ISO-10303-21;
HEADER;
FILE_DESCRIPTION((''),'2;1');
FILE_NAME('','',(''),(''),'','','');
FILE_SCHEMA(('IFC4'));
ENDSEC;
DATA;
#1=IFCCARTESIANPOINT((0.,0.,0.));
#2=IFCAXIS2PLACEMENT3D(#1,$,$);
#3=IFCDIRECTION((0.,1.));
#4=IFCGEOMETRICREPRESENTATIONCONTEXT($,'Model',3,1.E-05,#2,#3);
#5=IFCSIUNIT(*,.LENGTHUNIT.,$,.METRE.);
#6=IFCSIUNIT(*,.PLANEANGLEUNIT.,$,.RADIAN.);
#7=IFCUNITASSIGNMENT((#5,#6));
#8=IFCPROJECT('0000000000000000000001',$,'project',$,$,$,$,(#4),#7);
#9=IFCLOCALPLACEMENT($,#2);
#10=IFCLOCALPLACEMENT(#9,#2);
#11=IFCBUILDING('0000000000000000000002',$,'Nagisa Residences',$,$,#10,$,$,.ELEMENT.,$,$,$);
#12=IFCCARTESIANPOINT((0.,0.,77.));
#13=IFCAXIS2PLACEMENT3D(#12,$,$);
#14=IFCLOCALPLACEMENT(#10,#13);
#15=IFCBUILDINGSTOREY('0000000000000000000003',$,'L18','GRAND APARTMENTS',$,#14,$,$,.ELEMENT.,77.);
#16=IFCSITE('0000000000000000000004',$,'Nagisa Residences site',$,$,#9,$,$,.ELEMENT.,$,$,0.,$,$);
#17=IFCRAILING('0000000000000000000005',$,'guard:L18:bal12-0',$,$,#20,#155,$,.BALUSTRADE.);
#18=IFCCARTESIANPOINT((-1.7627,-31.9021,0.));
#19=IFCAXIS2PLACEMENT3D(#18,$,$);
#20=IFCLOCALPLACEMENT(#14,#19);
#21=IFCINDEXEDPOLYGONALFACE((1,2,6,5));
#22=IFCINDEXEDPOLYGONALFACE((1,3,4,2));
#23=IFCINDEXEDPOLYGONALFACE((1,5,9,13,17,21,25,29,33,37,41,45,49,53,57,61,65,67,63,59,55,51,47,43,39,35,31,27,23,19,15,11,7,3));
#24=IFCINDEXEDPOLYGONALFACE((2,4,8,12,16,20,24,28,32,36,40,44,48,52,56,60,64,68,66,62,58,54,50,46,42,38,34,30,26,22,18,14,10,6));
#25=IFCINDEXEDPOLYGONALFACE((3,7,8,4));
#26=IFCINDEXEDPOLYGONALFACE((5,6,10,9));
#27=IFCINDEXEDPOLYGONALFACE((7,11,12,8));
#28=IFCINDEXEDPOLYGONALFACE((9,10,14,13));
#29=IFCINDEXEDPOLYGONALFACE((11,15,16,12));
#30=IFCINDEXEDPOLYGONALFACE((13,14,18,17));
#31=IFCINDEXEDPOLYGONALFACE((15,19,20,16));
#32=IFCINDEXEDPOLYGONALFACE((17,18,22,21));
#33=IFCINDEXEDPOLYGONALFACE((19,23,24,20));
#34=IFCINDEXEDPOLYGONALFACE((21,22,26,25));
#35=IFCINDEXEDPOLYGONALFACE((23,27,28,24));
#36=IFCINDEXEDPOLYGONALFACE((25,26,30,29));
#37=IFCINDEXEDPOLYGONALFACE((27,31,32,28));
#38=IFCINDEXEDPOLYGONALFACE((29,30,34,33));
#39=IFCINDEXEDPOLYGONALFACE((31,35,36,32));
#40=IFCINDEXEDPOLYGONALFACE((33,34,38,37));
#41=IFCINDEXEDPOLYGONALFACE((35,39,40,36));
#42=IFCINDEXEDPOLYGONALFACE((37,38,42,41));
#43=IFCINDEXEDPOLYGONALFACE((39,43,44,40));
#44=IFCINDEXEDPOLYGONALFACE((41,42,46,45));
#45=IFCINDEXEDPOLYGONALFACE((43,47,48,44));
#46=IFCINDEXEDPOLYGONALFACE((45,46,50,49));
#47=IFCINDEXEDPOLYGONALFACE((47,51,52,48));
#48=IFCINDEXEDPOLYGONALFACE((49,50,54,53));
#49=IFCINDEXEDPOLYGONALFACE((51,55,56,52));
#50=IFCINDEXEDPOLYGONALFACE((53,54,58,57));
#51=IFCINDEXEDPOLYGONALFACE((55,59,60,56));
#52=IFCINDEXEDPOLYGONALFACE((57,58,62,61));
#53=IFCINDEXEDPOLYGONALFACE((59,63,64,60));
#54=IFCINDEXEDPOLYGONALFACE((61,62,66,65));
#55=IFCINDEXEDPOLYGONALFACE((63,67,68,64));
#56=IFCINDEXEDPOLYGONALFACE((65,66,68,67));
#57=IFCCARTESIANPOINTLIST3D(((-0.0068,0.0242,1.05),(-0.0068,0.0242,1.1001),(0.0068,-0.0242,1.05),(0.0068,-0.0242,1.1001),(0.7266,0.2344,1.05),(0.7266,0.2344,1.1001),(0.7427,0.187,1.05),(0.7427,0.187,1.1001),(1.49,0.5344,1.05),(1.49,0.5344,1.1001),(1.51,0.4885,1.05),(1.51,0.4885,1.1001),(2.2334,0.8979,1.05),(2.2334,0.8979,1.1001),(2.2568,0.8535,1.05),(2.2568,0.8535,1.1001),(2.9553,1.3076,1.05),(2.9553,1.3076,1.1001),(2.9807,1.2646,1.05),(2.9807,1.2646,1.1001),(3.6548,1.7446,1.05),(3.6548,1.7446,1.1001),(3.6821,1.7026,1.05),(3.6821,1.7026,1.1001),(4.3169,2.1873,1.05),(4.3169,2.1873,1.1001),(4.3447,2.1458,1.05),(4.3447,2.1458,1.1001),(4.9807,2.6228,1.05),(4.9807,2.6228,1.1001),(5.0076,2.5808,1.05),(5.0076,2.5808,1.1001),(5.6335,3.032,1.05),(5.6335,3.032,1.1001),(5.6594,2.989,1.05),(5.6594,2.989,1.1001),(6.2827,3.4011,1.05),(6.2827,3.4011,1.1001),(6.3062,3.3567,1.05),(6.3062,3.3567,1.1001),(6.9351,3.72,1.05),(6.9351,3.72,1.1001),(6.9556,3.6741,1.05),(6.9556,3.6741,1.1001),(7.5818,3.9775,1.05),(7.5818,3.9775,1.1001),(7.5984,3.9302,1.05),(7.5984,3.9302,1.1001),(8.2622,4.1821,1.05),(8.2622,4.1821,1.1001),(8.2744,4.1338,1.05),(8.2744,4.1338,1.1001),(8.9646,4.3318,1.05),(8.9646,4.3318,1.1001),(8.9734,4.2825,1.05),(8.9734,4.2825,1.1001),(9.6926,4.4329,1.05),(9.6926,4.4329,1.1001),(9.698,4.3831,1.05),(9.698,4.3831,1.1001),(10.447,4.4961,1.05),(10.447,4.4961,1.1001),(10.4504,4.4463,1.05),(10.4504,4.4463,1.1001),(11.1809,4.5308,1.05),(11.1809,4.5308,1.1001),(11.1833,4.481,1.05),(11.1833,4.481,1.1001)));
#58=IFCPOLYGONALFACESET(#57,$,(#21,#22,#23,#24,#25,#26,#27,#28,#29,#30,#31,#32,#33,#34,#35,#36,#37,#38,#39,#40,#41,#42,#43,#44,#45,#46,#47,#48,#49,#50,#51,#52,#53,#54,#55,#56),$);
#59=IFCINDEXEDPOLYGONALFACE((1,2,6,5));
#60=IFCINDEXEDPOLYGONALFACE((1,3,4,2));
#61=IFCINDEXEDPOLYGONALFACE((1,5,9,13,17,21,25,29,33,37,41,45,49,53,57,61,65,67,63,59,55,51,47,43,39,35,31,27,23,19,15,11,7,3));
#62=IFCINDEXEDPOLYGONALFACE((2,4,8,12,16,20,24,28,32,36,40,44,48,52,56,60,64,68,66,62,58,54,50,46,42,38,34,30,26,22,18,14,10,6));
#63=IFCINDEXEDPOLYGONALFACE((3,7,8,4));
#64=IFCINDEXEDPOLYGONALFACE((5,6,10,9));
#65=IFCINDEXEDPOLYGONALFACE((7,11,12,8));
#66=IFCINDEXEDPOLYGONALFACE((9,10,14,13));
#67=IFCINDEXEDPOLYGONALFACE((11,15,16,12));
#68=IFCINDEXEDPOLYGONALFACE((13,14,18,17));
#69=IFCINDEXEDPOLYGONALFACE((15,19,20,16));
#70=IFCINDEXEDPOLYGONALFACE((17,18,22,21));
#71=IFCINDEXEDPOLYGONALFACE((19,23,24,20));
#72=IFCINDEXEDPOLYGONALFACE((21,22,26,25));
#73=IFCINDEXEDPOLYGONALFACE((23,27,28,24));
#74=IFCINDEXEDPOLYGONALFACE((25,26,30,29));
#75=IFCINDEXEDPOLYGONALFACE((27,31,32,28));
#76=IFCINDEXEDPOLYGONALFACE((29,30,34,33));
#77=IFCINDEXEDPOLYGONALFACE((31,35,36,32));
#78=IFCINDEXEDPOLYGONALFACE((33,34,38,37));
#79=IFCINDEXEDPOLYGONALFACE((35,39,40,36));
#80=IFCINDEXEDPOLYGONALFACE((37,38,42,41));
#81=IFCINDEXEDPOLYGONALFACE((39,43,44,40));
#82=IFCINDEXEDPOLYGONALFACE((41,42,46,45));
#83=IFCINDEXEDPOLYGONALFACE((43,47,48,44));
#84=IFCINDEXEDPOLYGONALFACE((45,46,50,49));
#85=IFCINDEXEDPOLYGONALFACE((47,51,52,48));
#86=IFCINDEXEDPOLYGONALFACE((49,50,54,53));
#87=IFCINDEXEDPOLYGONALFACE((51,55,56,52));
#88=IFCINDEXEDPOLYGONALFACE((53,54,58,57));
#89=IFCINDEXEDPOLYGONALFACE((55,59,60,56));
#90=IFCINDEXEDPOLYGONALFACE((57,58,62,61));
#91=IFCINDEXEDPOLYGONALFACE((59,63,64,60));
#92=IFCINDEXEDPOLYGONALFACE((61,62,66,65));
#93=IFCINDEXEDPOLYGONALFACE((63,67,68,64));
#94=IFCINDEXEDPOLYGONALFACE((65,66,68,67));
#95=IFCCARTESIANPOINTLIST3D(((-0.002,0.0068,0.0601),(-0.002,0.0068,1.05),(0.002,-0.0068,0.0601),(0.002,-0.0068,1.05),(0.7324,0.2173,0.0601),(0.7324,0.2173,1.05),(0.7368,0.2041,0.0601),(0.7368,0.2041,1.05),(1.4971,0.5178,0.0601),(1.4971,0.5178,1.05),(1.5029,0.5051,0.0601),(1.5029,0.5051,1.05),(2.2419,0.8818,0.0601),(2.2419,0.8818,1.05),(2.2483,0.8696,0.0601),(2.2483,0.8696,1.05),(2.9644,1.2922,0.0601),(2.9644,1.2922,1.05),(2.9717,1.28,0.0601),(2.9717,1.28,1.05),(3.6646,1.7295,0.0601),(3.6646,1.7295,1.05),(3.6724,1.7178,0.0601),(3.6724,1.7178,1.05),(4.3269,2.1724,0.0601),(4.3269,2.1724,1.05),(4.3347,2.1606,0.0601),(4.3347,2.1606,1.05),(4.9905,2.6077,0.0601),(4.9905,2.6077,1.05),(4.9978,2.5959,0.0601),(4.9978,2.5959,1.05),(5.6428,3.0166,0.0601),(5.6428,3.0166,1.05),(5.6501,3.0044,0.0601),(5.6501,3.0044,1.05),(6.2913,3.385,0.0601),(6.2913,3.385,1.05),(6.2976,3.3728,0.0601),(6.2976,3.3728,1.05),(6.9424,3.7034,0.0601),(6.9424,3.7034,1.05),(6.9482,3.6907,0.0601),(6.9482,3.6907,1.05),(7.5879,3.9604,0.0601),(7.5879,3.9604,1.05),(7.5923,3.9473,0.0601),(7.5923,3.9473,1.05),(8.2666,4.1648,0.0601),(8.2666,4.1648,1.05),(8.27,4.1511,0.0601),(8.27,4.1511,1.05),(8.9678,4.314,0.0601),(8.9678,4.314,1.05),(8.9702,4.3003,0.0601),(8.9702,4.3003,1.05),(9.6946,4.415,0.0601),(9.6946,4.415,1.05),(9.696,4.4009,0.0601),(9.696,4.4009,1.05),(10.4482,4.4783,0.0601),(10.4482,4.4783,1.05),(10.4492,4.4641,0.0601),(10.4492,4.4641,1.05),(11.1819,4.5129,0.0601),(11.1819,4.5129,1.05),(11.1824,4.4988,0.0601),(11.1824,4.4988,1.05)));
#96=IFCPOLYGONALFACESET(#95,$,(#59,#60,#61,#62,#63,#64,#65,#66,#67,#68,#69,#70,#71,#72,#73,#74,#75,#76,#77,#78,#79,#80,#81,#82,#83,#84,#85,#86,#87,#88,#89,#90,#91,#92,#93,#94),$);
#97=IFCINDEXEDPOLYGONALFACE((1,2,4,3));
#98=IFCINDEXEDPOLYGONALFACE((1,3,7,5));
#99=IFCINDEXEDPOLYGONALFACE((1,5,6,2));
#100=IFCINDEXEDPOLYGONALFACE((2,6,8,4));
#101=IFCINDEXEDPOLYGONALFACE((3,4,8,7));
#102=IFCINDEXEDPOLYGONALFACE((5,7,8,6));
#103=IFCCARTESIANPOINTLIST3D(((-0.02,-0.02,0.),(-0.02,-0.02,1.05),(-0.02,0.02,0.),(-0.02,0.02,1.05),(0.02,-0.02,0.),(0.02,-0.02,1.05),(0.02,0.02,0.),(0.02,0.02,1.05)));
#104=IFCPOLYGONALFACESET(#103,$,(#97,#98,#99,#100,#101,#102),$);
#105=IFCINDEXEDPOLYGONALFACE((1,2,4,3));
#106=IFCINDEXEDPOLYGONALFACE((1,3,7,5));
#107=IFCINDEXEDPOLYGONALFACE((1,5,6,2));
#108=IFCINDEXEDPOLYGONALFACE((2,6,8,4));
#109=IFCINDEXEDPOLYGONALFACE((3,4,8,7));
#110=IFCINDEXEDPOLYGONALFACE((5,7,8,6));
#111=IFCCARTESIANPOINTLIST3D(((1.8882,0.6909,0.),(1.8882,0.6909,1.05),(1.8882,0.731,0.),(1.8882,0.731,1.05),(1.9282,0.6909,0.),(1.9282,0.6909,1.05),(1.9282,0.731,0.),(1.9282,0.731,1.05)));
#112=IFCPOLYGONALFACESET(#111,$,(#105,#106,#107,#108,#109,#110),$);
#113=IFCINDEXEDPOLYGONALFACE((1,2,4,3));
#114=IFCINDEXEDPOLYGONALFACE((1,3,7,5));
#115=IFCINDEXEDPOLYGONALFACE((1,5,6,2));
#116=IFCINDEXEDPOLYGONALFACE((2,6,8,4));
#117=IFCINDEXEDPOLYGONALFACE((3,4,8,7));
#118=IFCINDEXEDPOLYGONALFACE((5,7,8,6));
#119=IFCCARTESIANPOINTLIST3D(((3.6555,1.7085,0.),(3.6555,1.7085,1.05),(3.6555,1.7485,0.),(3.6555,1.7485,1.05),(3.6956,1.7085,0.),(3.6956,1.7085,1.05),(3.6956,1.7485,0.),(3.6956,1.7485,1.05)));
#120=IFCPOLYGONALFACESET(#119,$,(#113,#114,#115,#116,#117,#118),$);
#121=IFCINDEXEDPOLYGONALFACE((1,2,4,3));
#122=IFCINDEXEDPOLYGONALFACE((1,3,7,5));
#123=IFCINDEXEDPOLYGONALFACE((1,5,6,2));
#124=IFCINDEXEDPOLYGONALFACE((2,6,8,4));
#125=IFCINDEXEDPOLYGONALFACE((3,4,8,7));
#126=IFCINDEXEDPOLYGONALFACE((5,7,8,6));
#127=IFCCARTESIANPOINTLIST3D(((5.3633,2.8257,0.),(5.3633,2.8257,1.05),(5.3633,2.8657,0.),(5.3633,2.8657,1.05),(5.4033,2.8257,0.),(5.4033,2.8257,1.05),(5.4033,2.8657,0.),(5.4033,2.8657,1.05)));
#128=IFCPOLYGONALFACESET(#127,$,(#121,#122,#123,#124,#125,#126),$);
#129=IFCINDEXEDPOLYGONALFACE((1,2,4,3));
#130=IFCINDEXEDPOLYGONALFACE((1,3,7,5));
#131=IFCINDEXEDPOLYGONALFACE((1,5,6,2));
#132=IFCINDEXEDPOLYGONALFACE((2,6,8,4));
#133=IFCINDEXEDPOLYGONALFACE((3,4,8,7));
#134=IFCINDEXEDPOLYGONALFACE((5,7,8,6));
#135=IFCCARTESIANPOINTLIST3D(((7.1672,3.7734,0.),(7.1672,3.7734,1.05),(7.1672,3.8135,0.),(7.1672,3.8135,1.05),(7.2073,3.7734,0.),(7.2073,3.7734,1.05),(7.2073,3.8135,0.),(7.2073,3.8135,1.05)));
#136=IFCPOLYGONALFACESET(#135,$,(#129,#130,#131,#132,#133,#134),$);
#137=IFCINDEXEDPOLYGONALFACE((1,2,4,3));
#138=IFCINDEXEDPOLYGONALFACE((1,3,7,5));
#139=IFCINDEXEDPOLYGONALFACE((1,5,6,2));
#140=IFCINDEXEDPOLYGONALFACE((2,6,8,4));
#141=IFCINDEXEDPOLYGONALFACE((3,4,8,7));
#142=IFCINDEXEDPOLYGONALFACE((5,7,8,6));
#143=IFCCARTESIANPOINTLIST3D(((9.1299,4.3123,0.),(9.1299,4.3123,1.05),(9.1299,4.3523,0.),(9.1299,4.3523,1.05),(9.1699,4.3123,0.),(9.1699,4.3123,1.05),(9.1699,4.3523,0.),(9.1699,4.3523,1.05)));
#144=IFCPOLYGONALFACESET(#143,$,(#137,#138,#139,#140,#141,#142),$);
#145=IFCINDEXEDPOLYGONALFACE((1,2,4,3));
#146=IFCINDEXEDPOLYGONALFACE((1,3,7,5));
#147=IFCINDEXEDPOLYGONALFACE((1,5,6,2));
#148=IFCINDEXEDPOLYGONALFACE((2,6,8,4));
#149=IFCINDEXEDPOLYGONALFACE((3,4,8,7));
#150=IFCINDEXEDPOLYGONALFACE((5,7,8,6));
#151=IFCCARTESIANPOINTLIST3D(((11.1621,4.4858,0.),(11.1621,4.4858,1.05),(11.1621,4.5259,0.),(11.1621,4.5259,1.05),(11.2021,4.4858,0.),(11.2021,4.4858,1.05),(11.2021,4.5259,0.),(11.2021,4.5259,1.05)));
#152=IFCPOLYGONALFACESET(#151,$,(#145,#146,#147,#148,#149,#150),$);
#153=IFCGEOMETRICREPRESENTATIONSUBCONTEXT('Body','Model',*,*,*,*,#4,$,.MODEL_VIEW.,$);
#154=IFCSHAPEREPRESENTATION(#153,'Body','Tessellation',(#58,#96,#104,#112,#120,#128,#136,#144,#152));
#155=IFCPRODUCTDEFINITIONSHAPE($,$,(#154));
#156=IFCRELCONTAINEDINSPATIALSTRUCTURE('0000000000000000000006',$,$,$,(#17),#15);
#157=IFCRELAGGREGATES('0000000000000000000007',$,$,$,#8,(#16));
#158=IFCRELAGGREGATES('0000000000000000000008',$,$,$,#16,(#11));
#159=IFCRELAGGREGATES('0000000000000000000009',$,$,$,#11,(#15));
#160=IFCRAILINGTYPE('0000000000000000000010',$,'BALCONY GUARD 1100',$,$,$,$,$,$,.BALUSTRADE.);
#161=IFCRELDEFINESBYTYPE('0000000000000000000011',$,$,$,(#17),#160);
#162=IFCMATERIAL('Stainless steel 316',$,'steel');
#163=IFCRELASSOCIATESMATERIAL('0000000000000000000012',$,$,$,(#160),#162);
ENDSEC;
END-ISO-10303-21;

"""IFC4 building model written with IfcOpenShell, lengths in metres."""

from ifc_helpers import new_model, si_unit, direction, frame, origin, origin_2d, place, context, subcontext, project, spatial, polyline, rectangle, outline, extrude, material, type_object, element, save


model = new_model("IFC4")

# Units and contexts
model_context = context("Model", 3, precision=1e-05, world=origin(), true_north=direction((0.0, 1.0)))
body_context = subcontext(model_context, "Body", "Model", "MODEL_VIEW")
ifc_project = project(units=[si_unit("LENGTHUNIT", "METRE"), si_unit("PLANEANGLEUNIT", "RADIAN")], contexts=[model_context])

# Site, building, storey
site_placement = place(None, origin())
site = spatial("IfcSite", under=ifc_project, at=site_placement, Name="Nagisa Residences site", CompositionType="ELEMENT", RefElevation=0.0)
building_placement = place(site_placement, origin())
building = spatial("IfcBuilding", under=site, at=building_placement, Name="Nagisa Residences", CompositionType="ELEMENT")
storey_placement = place(building_placement, frame((0.0, 0.0, 77.0)))
storey = spatial("IfcBuildingStorey", under=building, at=storey_placement, Name="L18", Description="GRAND APARTMENTS", CompositionType="ELEMENT", Elevation=77.0)

# Railing
ifc_material_1 = material(Name="Stainless steel 316", Category="steel")
railing_type = type_object("IfcRailingType", Name="BALCONY GUARD 1100", PredefinedType="BALUSTRADE", material=ifc_material_1)
railing_placement = place(storey_placement, frame((-1.7627, -31.9021, 0.0)))
element("IfcRailing", 1, at=railing_placement, inside=storey, type_object=railing_type, Name="guard:L18:bal12-0", PredefinedType="BALUSTRADE", context=body_context, shape_type="SweptSolid", body=[
    extrude(outline(polyline([(0.7266, 0.2344), (-0.0068, 0.0242), (0.0068, -0.0242), (0.7427, 0.187), (1.51, 0.4885), (2.2568, 0.8535), (2.9807, 1.2646), (3.6821, 1.7026), (4.3447, 2.1458), (5.0076, 2.5808), (5.6594, 2.989), (6.3062, 3.3567), (6.9556, 3.6741), (7.5984, 3.9302), (8.2744, 4.1338), (8.9734, 4.2825), (9.698, 4.3831), (10.4504, 4.4463), (11.1833, 4.481), (11.1809, 4.5308), (10.447, 4.4961), (9.6926, 4.4329), (8.9646, 4.3318), (8.2622, 4.1821), (7.5818, 3.9775), (6.9351, 3.72), (6.2827, 3.4011), (5.6335, 3.032), (4.9807, 2.6228), (4.3169, 2.1873), (3.6548, 1.7446), (2.9553, 1.3076), (2.2334, 0.8979), (1.49, 0.5344), (0.7266, 0.2344)])), frame((0.0, 0.0, 1.05)), (0.0, 0.0, 1.0), 0.05),
    extrude(outline(polyline([(0.7324, 0.2173), (-0.002, 0.0068), (0.002, -0.0068), (0.7368, 0.2041), (1.5029, 0.5051), (2.2483, 0.8696), (2.9717, 1.28), (3.6724, 1.7178), (4.3347, 2.1606), (4.9978, 2.5959), (5.6501, 3.0044), (6.2976, 3.3728), (6.9482, 3.6907), (7.5923, 3.9473), (8.27, 4.1511), (8.9702, 4.3003), (9.696, 4.4009), (10.4492, 4.4641), (11.1824, 4.4988), (11.1819, 4.5129), (10.4482, 4.4783), (9.6946, 4.415), (8.9678, 4.314), (8.2666, 4.1648), (7.5879, 3.9604), (6.9424, 3.7034), (6.2913, 3.385), (5.6428, 3.0166), (4.9905, 2.6077), (4.3269, 2.1724), (3.6646, 1.7295), (2.9644, 1.2922), (2.2419, 0.8818), (1.4971, 0.5178), (0.7324, 0.2173)])), frame((0.0, 0.0, 0.0601)), (0.0, 0.0, 1.0), 0.99),
    extrude(rectangle(XDim=0.04, YDim=0.04, at=origin_2d()), origin(), (0.0, 0.0, 1.0), 1.05),
    extrude(rectangle(XDim=0.04, YDim=0.04, at=origin_2d()), frame((1.9082, 0.7109, 0.0)), (0.0, 0.0, 1.0), 1.05),
    extrude(rectangle(XDim=0.04, YDim=0.04, at=origin_2d()), frame((3.6755, 1.7285, 0.0)), (0.0, 0.0, 1.0), 1.05),
    extrude(rectangle(XDim=0.04, YDim=0.04, at=origin_2d()), frame((5.3833, 2.8457, 0.0)), (0.0, 0.0, 1.0), 1.05),
    extrude(rectangle(XDim=0.04, YDim=0.04, at=origin_2d()), frame((7.1873, 3.7935, 0.0)), (0.0, 0.0, 1.0), 1.05),
    extrude(rectangle(XDim=0.04, YDim=0.04, at=origin_2d()), frame((9.1499, 4.3323, 0.0)), (0.0, 0.0, 1.0), 1.05),
    extrude(rectangle(XDim=0.04, YDim=0.04, at=origin_2d()), frame((11.1821, 4.5059, 0.0)), (0.0, 0.0, 1.0), 1.05),
])

save(model, "model.ifc")
